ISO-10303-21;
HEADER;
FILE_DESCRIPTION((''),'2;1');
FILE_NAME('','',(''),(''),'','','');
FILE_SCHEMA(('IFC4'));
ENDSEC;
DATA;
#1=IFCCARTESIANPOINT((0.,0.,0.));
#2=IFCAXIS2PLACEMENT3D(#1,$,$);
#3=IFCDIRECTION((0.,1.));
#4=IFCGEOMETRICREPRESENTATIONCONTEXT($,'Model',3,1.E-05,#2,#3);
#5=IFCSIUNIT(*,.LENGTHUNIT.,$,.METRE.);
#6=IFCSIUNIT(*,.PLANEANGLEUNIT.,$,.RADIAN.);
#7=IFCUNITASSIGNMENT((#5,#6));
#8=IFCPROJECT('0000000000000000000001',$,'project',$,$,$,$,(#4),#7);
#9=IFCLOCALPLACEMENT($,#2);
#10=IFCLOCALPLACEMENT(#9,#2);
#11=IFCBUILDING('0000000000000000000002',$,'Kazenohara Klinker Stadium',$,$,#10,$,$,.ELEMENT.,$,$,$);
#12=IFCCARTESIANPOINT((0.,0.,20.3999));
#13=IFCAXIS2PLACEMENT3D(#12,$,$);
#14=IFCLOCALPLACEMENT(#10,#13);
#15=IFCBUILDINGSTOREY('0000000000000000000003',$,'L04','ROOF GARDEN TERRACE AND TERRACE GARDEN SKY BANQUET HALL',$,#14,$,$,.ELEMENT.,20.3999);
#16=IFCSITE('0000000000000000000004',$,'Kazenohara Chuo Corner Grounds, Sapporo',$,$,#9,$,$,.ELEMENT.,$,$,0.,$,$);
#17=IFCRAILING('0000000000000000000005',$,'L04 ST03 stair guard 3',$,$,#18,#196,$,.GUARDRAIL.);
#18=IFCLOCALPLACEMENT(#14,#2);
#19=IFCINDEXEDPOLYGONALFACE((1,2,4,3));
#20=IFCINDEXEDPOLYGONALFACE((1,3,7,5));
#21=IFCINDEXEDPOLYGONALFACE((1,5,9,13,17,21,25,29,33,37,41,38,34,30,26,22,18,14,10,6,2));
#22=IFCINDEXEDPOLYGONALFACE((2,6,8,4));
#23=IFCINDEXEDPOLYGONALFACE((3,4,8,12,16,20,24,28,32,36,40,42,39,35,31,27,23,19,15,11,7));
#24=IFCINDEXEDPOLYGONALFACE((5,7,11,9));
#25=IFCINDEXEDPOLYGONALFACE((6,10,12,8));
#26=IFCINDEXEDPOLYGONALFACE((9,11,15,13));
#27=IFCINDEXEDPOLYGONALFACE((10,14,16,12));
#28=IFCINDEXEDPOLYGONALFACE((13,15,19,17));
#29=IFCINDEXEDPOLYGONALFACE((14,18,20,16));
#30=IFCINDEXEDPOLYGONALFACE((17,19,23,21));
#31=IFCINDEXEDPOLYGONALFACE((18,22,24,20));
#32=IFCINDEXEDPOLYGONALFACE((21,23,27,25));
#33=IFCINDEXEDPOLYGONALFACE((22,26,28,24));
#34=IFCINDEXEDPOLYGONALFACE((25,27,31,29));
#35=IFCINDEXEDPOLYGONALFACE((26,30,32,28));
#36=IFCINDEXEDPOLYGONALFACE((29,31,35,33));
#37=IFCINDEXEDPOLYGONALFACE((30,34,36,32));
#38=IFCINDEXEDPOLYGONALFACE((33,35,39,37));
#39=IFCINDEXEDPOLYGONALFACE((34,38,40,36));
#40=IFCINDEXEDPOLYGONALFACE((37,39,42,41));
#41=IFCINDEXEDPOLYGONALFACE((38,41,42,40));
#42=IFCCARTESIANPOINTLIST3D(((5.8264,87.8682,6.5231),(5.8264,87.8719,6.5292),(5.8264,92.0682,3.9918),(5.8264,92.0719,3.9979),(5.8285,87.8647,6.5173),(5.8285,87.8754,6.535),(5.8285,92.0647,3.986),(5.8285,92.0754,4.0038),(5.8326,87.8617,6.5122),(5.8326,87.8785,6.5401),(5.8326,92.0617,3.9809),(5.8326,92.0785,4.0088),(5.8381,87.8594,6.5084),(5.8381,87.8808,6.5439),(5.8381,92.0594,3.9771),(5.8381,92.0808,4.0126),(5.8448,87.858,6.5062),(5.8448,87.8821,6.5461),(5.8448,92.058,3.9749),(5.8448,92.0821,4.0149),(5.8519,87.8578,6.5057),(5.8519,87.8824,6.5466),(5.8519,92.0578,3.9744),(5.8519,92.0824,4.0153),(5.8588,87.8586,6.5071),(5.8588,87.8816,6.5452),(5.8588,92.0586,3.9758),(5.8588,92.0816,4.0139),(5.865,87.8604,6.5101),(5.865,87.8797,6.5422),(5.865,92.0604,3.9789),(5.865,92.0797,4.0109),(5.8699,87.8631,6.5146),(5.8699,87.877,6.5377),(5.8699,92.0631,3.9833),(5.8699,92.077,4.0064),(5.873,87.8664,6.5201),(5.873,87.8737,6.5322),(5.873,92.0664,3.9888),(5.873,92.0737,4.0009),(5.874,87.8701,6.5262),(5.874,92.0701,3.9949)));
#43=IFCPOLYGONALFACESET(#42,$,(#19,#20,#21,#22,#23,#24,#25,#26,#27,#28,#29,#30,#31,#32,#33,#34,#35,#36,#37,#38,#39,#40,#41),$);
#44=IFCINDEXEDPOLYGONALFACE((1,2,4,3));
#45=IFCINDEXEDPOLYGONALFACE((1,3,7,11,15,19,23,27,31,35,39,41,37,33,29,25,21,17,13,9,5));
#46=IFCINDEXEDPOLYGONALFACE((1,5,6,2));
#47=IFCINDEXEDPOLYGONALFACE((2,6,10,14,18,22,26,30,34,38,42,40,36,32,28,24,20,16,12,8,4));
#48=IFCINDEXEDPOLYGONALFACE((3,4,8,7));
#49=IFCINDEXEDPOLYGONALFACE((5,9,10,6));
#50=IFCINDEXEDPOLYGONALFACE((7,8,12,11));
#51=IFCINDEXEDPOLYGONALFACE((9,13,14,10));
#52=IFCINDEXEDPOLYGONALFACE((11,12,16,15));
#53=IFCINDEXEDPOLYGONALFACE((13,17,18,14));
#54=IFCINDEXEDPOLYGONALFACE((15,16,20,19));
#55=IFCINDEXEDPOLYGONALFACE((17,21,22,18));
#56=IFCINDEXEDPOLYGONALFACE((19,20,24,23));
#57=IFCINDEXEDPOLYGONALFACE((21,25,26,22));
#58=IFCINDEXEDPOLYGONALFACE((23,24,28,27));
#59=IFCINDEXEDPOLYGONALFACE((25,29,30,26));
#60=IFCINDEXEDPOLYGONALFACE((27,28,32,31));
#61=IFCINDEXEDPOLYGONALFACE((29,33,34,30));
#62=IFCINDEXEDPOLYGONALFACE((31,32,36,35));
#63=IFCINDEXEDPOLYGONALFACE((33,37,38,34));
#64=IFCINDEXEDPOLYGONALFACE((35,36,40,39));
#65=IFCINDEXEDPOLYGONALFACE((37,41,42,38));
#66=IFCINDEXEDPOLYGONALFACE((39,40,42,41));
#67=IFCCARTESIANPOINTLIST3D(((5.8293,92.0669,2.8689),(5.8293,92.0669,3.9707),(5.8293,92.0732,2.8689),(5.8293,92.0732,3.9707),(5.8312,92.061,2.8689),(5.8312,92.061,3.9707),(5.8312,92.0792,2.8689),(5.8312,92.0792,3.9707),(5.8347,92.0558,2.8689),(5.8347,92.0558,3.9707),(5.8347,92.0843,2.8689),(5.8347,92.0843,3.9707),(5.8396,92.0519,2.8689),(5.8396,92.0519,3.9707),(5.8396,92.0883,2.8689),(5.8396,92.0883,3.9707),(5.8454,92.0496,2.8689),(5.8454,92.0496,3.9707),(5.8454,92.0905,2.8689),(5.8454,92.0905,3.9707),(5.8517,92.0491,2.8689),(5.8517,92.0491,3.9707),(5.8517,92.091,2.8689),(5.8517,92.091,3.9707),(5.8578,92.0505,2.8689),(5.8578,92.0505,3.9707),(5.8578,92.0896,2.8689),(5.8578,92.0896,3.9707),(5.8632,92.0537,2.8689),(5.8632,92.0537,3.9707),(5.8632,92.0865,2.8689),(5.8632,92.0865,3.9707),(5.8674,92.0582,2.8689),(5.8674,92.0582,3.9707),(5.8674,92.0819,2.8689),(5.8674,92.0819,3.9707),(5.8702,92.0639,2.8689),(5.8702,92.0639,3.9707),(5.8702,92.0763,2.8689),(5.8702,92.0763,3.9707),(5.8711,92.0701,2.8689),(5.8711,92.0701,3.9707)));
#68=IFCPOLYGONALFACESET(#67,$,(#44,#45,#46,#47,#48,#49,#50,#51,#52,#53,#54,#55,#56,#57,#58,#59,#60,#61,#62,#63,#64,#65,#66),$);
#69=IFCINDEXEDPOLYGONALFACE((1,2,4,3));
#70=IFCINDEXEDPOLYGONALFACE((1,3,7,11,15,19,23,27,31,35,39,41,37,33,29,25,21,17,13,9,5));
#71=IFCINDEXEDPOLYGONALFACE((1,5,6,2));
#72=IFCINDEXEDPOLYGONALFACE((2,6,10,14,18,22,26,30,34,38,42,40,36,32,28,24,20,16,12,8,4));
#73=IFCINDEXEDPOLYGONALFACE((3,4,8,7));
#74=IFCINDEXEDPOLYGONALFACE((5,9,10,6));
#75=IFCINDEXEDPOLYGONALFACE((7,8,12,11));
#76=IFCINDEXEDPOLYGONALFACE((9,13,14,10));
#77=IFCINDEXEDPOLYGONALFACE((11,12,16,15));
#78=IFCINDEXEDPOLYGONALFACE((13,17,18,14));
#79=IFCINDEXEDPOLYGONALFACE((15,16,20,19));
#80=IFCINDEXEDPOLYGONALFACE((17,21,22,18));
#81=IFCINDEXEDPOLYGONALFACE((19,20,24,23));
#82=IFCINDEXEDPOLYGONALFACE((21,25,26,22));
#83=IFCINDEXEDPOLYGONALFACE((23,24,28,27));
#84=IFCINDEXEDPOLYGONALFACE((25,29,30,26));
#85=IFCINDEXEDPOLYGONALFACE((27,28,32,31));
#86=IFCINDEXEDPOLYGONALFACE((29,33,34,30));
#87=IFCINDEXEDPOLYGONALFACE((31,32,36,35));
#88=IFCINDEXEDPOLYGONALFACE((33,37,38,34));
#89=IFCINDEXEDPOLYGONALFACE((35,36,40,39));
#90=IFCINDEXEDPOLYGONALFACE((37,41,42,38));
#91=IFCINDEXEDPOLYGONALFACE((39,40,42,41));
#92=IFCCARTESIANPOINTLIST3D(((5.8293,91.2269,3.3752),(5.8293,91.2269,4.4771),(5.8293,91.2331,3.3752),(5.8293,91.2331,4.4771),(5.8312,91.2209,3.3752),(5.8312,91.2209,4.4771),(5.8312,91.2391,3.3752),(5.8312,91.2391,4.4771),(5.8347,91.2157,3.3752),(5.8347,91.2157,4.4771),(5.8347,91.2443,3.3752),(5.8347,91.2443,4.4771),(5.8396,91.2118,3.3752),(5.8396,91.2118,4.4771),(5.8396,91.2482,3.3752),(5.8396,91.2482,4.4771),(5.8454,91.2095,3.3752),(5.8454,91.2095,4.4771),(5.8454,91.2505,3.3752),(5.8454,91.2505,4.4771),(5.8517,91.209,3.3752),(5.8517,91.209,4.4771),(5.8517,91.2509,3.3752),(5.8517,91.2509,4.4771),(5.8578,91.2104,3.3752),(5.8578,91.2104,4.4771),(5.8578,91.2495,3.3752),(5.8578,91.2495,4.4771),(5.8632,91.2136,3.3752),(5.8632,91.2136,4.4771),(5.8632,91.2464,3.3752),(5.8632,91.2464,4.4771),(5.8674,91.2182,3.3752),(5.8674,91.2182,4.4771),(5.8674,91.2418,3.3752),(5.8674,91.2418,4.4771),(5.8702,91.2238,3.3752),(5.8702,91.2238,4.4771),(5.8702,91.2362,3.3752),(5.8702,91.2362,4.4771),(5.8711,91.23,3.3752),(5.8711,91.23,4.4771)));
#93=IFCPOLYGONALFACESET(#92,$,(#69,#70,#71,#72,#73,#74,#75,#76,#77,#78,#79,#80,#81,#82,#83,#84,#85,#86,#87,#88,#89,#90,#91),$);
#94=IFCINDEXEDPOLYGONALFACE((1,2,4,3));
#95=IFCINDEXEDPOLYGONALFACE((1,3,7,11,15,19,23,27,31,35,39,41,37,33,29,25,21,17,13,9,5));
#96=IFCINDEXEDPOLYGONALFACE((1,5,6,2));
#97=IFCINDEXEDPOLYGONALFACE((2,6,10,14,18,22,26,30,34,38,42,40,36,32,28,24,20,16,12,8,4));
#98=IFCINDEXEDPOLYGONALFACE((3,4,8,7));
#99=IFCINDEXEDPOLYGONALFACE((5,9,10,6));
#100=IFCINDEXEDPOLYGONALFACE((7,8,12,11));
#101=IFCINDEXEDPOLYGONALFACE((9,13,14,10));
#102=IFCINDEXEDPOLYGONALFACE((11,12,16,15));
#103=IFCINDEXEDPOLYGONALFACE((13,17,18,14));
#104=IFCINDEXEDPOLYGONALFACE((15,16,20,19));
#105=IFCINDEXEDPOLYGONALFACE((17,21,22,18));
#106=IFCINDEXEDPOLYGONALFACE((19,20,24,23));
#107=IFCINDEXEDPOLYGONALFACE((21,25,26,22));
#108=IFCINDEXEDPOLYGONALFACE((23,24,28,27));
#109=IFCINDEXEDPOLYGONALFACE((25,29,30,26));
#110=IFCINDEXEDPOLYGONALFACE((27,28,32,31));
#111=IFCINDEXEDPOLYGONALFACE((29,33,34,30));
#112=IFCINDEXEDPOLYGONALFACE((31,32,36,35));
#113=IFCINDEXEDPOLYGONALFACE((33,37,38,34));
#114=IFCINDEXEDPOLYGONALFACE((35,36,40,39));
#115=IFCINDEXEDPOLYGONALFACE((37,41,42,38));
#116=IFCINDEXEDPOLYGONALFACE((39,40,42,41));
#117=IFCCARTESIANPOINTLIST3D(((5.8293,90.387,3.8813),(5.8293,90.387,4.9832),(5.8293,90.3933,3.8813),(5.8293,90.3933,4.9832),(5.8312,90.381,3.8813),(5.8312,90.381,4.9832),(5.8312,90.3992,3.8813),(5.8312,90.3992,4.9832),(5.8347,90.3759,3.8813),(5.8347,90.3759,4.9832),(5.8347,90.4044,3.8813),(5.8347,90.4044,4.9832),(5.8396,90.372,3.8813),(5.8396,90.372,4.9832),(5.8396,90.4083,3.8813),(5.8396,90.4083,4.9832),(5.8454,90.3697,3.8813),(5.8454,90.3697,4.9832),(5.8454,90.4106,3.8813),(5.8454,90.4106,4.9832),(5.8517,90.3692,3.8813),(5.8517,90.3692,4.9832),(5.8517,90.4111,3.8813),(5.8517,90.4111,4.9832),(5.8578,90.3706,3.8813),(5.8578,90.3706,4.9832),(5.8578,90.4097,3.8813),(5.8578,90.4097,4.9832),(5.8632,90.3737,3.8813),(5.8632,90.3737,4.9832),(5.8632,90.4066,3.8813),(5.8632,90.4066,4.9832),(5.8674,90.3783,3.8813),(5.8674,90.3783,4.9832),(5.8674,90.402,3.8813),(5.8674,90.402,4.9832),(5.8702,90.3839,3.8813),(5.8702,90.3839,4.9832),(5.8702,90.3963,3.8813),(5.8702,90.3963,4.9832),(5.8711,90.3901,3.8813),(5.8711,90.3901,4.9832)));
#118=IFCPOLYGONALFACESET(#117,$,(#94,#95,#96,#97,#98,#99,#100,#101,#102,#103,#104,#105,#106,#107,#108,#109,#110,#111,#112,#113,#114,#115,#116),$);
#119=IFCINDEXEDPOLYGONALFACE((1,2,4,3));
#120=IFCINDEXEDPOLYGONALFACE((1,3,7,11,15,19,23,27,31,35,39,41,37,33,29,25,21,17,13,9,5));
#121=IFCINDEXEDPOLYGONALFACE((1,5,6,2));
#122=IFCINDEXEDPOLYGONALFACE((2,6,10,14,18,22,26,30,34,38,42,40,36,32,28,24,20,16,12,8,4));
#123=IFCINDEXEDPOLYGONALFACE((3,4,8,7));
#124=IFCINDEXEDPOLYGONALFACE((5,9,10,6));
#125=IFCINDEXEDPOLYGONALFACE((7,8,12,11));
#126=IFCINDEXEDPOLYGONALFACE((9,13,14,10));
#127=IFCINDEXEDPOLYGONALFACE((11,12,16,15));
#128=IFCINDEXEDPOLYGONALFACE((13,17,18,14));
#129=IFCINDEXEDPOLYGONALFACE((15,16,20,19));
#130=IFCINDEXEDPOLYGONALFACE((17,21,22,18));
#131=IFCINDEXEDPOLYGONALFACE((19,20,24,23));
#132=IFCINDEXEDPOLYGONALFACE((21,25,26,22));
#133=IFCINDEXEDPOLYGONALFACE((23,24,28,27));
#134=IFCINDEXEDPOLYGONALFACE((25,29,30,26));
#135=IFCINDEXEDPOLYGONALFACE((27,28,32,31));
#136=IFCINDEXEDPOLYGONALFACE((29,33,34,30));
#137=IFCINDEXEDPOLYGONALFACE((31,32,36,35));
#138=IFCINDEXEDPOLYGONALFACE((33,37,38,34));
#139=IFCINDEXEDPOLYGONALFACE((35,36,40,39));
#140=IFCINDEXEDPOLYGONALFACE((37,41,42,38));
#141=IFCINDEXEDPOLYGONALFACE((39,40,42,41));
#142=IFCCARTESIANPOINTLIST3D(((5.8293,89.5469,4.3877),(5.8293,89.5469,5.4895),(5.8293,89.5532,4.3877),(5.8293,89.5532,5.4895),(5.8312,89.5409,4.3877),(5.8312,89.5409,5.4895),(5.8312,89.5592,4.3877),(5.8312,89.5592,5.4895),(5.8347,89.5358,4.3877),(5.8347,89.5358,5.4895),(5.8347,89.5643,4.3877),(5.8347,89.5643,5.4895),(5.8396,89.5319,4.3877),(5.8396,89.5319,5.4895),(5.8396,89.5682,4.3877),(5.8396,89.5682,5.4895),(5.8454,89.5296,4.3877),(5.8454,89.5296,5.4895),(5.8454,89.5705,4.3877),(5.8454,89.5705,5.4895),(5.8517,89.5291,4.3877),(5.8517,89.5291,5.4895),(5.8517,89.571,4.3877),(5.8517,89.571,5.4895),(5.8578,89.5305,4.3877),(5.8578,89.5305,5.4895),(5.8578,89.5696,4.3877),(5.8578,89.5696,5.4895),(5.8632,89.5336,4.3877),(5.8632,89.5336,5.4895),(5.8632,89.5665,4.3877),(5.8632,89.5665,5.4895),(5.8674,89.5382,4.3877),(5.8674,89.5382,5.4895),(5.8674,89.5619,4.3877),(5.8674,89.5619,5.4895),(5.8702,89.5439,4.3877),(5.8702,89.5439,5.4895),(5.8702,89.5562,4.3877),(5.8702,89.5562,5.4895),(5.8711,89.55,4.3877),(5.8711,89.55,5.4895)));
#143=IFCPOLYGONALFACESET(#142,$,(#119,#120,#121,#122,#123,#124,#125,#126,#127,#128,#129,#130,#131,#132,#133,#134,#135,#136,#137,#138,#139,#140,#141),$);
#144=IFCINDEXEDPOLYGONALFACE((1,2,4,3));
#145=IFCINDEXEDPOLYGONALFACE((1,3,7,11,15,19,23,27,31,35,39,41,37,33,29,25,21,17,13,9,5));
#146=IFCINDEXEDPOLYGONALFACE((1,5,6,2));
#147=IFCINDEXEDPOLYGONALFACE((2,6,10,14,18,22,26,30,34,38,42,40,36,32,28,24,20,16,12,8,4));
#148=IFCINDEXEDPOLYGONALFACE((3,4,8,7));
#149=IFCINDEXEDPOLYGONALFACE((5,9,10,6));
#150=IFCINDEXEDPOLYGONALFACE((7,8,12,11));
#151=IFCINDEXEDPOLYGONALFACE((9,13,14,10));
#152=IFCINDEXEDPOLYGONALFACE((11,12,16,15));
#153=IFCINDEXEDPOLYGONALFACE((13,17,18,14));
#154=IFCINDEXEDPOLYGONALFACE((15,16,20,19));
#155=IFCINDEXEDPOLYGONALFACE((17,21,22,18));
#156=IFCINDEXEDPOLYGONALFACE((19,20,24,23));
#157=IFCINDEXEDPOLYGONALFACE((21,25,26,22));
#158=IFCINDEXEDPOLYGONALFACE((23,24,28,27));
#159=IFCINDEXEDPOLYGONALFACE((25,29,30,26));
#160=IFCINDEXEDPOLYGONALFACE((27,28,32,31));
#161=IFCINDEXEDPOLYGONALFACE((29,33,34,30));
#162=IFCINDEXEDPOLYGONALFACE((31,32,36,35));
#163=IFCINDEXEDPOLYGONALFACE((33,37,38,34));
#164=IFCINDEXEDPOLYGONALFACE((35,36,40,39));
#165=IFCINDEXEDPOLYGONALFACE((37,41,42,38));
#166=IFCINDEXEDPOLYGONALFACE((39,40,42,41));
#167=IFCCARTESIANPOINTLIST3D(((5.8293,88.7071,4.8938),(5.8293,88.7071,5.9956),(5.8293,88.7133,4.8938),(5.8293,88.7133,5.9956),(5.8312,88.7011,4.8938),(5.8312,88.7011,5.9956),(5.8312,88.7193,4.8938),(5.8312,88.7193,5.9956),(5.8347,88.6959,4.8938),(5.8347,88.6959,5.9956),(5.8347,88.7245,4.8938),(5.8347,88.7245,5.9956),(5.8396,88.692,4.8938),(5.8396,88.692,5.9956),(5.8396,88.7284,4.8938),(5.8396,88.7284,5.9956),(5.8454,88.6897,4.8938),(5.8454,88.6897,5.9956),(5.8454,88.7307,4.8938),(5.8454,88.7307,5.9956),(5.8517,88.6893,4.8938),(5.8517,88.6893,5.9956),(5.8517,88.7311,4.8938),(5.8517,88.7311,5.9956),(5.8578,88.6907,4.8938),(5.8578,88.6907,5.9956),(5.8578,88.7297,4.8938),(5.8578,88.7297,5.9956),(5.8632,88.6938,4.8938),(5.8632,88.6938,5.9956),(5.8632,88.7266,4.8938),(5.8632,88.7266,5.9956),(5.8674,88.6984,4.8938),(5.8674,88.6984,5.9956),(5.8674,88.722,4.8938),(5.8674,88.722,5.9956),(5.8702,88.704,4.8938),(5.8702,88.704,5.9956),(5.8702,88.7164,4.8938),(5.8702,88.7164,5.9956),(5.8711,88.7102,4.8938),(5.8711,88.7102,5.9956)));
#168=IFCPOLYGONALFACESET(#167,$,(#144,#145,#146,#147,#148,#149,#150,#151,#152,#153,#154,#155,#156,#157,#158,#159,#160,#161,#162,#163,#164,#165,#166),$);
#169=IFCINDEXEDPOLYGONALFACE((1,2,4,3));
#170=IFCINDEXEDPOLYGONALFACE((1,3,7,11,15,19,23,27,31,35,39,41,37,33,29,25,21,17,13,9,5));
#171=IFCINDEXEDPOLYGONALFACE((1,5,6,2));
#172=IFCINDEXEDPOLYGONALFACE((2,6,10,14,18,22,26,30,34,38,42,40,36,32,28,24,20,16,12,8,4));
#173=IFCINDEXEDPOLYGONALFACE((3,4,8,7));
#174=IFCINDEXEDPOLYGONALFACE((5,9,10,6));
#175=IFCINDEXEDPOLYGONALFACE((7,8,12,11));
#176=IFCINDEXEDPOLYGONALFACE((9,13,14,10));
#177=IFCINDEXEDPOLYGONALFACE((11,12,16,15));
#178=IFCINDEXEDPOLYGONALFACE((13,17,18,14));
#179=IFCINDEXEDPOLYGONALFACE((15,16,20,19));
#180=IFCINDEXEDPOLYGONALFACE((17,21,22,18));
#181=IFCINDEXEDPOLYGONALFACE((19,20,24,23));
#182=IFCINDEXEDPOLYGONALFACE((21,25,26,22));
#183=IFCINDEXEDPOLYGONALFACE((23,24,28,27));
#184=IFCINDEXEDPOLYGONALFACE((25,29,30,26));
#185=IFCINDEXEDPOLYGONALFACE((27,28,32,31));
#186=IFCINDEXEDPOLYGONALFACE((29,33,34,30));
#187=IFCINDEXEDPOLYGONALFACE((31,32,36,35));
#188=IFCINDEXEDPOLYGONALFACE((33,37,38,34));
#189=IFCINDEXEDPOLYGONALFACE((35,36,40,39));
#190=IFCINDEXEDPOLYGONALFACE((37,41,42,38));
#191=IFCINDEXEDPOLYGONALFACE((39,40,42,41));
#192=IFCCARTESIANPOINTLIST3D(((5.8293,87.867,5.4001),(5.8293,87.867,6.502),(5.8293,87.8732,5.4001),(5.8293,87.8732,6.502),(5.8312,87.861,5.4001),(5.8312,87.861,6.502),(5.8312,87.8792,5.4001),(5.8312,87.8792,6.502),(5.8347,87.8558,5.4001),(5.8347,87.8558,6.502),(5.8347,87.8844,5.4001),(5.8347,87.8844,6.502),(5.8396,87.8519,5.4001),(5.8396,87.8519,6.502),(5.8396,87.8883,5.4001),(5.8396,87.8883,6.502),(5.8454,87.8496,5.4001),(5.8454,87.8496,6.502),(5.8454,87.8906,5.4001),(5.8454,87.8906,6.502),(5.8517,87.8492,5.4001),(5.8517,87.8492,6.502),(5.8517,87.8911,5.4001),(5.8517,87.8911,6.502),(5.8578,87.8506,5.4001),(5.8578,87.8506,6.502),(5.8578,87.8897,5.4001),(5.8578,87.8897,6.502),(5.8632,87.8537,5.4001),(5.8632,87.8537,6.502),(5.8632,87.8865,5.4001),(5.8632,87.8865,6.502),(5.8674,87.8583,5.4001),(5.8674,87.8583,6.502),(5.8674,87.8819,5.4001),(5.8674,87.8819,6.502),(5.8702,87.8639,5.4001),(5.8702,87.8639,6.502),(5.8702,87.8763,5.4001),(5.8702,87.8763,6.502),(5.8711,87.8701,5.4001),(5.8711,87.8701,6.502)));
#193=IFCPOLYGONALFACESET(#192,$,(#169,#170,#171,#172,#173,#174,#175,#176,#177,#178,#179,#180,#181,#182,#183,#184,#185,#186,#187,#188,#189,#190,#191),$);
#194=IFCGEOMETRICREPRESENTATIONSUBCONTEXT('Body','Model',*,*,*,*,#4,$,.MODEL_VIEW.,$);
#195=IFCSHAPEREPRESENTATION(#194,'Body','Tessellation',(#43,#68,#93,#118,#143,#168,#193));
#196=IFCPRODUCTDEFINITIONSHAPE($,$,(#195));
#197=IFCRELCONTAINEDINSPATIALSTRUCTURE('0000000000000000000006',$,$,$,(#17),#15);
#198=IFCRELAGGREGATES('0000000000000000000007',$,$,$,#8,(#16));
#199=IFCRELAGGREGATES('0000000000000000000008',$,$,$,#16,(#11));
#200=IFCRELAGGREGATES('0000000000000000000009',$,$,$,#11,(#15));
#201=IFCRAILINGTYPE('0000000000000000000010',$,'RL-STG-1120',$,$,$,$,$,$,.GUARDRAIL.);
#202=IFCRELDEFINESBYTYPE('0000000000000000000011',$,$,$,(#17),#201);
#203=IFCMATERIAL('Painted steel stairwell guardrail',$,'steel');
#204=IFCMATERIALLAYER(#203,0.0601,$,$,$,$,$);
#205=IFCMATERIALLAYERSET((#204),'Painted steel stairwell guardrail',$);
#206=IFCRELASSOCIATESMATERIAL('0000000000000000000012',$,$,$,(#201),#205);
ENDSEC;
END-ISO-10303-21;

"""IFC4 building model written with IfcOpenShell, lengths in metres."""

from ifc_helpers import new_model, si_unit, direction, frame, origin, origin_2d, place, context, subcontext, project, spatial, circle, extrude, material, layer, layer_set, type_object, element, save


model = new_model("IFC4")

# Units and contexts
model_context = context("Model", 3, precision=1e-05, world=origin(), true_north=direction((0.0, 1.0)))
body_context = subcontext(model_context, "Body", "Model", "MODEL_VIEW")
ifc_project = project(units=[si_unit("LENGTHUNIT", "METRE"), si_unit("PLANEANGLEUNIT", "RADIAN")], contexts=[model_context])

# Site, building, storey
site_placement = place(None, origin())
site = spatial("IfcSite", under=ifc_project, at=site_placement, Name="Kazenohara Chuo Corner Grounds, Sapporo", CompositionType="ELEMENT", RefElevation=0.0)
building_placement = place(site_placement, origin())
building = spatial("IfcBuilding", under=site, at=building_placement, Name="Kazenohara Klinker Stadium", CompositionType="ELEMENT")
storey_placement = place(building_placement, frame((0.0, 0.0, 20.3999)))
storey = spatial("IfcBuildingStorey", under=building, at=storey_placement, Name="L04", Description="ROOF GARDEN TERRACE AND TERRACE GARDEN SKY BANQUET HALL", CompositionType="ELEMENT", Elevation=20.3999)

# Railing
ifc_material_1 = material(Name="Painted steel stairwell guardrail", Category="steel")
ifc_layer_1 = layer(ifc_material_1, 0.0601)
ifc_layer_set_1 = layer_set([ifc_layer_1], Name="Painted steel stairwell guardrail")
railing_type_1 = type_object("IfcRailingType", Name="RL-STG-1120", PredefinedType="GUARDRAIL", material=ifc_layer_set_1)
railing_1_placement = place(storey_placement, frame((5.8501, 92.0701, 2.8689)))
element("IfcRailing", 1, at=railing_1_placement, inside=storey, type_object=railing_type_1, Name="L04 ST03 stair guard 3", PredefinedType="GUARDRAIL", context=body_context, shape_type="SweptSolid", body=[
    extrude(circle(Radius=0.0239, at=origin_2d()), frame((0.0, 0.0, 1.126), z_axis=(0.0, -0.856476, 0.516186), x_axis=(1.0, 0.0, 0.0)), (0.0, 0.0, 1.0), 4.9038),
    extrude(circle(Radius=0.021, at=origin_2d()), origin(), (0.0, 0.0, 1.0), 1.1018),
    extrude(circle(Radius=0.021, at=origin_2d()), frame((0.0, -0.8401, 0.5063)), (0.0, 0.0, 1.0), 1.1018),
    extrude(circle(Radius=0.021, at=origin_2d()), frame((0.0, -1.6799, 1.0125)), (0.0, 0.0, 1.0), 1.1018),
    extrude(circle(Radius=0.021, at=origin_2d()), frame((0.0, -2.52, 1.5188)), (0.0, 0.0, 1.0), 1.1018),
    extrude(circle(Radius=0.021, at=origin_2d()), frame((0.0, -3.3599, 2.0249)), (0.0, 0.0, 1.0), 1.1018),
    extrude(circle(Radius=0.021, at=origin_2d()), frame((0.0, -4.2, 2.5312)), (0.0, 0.0, 1.0), 1.1018),
])

save(model, "model.ifc")
